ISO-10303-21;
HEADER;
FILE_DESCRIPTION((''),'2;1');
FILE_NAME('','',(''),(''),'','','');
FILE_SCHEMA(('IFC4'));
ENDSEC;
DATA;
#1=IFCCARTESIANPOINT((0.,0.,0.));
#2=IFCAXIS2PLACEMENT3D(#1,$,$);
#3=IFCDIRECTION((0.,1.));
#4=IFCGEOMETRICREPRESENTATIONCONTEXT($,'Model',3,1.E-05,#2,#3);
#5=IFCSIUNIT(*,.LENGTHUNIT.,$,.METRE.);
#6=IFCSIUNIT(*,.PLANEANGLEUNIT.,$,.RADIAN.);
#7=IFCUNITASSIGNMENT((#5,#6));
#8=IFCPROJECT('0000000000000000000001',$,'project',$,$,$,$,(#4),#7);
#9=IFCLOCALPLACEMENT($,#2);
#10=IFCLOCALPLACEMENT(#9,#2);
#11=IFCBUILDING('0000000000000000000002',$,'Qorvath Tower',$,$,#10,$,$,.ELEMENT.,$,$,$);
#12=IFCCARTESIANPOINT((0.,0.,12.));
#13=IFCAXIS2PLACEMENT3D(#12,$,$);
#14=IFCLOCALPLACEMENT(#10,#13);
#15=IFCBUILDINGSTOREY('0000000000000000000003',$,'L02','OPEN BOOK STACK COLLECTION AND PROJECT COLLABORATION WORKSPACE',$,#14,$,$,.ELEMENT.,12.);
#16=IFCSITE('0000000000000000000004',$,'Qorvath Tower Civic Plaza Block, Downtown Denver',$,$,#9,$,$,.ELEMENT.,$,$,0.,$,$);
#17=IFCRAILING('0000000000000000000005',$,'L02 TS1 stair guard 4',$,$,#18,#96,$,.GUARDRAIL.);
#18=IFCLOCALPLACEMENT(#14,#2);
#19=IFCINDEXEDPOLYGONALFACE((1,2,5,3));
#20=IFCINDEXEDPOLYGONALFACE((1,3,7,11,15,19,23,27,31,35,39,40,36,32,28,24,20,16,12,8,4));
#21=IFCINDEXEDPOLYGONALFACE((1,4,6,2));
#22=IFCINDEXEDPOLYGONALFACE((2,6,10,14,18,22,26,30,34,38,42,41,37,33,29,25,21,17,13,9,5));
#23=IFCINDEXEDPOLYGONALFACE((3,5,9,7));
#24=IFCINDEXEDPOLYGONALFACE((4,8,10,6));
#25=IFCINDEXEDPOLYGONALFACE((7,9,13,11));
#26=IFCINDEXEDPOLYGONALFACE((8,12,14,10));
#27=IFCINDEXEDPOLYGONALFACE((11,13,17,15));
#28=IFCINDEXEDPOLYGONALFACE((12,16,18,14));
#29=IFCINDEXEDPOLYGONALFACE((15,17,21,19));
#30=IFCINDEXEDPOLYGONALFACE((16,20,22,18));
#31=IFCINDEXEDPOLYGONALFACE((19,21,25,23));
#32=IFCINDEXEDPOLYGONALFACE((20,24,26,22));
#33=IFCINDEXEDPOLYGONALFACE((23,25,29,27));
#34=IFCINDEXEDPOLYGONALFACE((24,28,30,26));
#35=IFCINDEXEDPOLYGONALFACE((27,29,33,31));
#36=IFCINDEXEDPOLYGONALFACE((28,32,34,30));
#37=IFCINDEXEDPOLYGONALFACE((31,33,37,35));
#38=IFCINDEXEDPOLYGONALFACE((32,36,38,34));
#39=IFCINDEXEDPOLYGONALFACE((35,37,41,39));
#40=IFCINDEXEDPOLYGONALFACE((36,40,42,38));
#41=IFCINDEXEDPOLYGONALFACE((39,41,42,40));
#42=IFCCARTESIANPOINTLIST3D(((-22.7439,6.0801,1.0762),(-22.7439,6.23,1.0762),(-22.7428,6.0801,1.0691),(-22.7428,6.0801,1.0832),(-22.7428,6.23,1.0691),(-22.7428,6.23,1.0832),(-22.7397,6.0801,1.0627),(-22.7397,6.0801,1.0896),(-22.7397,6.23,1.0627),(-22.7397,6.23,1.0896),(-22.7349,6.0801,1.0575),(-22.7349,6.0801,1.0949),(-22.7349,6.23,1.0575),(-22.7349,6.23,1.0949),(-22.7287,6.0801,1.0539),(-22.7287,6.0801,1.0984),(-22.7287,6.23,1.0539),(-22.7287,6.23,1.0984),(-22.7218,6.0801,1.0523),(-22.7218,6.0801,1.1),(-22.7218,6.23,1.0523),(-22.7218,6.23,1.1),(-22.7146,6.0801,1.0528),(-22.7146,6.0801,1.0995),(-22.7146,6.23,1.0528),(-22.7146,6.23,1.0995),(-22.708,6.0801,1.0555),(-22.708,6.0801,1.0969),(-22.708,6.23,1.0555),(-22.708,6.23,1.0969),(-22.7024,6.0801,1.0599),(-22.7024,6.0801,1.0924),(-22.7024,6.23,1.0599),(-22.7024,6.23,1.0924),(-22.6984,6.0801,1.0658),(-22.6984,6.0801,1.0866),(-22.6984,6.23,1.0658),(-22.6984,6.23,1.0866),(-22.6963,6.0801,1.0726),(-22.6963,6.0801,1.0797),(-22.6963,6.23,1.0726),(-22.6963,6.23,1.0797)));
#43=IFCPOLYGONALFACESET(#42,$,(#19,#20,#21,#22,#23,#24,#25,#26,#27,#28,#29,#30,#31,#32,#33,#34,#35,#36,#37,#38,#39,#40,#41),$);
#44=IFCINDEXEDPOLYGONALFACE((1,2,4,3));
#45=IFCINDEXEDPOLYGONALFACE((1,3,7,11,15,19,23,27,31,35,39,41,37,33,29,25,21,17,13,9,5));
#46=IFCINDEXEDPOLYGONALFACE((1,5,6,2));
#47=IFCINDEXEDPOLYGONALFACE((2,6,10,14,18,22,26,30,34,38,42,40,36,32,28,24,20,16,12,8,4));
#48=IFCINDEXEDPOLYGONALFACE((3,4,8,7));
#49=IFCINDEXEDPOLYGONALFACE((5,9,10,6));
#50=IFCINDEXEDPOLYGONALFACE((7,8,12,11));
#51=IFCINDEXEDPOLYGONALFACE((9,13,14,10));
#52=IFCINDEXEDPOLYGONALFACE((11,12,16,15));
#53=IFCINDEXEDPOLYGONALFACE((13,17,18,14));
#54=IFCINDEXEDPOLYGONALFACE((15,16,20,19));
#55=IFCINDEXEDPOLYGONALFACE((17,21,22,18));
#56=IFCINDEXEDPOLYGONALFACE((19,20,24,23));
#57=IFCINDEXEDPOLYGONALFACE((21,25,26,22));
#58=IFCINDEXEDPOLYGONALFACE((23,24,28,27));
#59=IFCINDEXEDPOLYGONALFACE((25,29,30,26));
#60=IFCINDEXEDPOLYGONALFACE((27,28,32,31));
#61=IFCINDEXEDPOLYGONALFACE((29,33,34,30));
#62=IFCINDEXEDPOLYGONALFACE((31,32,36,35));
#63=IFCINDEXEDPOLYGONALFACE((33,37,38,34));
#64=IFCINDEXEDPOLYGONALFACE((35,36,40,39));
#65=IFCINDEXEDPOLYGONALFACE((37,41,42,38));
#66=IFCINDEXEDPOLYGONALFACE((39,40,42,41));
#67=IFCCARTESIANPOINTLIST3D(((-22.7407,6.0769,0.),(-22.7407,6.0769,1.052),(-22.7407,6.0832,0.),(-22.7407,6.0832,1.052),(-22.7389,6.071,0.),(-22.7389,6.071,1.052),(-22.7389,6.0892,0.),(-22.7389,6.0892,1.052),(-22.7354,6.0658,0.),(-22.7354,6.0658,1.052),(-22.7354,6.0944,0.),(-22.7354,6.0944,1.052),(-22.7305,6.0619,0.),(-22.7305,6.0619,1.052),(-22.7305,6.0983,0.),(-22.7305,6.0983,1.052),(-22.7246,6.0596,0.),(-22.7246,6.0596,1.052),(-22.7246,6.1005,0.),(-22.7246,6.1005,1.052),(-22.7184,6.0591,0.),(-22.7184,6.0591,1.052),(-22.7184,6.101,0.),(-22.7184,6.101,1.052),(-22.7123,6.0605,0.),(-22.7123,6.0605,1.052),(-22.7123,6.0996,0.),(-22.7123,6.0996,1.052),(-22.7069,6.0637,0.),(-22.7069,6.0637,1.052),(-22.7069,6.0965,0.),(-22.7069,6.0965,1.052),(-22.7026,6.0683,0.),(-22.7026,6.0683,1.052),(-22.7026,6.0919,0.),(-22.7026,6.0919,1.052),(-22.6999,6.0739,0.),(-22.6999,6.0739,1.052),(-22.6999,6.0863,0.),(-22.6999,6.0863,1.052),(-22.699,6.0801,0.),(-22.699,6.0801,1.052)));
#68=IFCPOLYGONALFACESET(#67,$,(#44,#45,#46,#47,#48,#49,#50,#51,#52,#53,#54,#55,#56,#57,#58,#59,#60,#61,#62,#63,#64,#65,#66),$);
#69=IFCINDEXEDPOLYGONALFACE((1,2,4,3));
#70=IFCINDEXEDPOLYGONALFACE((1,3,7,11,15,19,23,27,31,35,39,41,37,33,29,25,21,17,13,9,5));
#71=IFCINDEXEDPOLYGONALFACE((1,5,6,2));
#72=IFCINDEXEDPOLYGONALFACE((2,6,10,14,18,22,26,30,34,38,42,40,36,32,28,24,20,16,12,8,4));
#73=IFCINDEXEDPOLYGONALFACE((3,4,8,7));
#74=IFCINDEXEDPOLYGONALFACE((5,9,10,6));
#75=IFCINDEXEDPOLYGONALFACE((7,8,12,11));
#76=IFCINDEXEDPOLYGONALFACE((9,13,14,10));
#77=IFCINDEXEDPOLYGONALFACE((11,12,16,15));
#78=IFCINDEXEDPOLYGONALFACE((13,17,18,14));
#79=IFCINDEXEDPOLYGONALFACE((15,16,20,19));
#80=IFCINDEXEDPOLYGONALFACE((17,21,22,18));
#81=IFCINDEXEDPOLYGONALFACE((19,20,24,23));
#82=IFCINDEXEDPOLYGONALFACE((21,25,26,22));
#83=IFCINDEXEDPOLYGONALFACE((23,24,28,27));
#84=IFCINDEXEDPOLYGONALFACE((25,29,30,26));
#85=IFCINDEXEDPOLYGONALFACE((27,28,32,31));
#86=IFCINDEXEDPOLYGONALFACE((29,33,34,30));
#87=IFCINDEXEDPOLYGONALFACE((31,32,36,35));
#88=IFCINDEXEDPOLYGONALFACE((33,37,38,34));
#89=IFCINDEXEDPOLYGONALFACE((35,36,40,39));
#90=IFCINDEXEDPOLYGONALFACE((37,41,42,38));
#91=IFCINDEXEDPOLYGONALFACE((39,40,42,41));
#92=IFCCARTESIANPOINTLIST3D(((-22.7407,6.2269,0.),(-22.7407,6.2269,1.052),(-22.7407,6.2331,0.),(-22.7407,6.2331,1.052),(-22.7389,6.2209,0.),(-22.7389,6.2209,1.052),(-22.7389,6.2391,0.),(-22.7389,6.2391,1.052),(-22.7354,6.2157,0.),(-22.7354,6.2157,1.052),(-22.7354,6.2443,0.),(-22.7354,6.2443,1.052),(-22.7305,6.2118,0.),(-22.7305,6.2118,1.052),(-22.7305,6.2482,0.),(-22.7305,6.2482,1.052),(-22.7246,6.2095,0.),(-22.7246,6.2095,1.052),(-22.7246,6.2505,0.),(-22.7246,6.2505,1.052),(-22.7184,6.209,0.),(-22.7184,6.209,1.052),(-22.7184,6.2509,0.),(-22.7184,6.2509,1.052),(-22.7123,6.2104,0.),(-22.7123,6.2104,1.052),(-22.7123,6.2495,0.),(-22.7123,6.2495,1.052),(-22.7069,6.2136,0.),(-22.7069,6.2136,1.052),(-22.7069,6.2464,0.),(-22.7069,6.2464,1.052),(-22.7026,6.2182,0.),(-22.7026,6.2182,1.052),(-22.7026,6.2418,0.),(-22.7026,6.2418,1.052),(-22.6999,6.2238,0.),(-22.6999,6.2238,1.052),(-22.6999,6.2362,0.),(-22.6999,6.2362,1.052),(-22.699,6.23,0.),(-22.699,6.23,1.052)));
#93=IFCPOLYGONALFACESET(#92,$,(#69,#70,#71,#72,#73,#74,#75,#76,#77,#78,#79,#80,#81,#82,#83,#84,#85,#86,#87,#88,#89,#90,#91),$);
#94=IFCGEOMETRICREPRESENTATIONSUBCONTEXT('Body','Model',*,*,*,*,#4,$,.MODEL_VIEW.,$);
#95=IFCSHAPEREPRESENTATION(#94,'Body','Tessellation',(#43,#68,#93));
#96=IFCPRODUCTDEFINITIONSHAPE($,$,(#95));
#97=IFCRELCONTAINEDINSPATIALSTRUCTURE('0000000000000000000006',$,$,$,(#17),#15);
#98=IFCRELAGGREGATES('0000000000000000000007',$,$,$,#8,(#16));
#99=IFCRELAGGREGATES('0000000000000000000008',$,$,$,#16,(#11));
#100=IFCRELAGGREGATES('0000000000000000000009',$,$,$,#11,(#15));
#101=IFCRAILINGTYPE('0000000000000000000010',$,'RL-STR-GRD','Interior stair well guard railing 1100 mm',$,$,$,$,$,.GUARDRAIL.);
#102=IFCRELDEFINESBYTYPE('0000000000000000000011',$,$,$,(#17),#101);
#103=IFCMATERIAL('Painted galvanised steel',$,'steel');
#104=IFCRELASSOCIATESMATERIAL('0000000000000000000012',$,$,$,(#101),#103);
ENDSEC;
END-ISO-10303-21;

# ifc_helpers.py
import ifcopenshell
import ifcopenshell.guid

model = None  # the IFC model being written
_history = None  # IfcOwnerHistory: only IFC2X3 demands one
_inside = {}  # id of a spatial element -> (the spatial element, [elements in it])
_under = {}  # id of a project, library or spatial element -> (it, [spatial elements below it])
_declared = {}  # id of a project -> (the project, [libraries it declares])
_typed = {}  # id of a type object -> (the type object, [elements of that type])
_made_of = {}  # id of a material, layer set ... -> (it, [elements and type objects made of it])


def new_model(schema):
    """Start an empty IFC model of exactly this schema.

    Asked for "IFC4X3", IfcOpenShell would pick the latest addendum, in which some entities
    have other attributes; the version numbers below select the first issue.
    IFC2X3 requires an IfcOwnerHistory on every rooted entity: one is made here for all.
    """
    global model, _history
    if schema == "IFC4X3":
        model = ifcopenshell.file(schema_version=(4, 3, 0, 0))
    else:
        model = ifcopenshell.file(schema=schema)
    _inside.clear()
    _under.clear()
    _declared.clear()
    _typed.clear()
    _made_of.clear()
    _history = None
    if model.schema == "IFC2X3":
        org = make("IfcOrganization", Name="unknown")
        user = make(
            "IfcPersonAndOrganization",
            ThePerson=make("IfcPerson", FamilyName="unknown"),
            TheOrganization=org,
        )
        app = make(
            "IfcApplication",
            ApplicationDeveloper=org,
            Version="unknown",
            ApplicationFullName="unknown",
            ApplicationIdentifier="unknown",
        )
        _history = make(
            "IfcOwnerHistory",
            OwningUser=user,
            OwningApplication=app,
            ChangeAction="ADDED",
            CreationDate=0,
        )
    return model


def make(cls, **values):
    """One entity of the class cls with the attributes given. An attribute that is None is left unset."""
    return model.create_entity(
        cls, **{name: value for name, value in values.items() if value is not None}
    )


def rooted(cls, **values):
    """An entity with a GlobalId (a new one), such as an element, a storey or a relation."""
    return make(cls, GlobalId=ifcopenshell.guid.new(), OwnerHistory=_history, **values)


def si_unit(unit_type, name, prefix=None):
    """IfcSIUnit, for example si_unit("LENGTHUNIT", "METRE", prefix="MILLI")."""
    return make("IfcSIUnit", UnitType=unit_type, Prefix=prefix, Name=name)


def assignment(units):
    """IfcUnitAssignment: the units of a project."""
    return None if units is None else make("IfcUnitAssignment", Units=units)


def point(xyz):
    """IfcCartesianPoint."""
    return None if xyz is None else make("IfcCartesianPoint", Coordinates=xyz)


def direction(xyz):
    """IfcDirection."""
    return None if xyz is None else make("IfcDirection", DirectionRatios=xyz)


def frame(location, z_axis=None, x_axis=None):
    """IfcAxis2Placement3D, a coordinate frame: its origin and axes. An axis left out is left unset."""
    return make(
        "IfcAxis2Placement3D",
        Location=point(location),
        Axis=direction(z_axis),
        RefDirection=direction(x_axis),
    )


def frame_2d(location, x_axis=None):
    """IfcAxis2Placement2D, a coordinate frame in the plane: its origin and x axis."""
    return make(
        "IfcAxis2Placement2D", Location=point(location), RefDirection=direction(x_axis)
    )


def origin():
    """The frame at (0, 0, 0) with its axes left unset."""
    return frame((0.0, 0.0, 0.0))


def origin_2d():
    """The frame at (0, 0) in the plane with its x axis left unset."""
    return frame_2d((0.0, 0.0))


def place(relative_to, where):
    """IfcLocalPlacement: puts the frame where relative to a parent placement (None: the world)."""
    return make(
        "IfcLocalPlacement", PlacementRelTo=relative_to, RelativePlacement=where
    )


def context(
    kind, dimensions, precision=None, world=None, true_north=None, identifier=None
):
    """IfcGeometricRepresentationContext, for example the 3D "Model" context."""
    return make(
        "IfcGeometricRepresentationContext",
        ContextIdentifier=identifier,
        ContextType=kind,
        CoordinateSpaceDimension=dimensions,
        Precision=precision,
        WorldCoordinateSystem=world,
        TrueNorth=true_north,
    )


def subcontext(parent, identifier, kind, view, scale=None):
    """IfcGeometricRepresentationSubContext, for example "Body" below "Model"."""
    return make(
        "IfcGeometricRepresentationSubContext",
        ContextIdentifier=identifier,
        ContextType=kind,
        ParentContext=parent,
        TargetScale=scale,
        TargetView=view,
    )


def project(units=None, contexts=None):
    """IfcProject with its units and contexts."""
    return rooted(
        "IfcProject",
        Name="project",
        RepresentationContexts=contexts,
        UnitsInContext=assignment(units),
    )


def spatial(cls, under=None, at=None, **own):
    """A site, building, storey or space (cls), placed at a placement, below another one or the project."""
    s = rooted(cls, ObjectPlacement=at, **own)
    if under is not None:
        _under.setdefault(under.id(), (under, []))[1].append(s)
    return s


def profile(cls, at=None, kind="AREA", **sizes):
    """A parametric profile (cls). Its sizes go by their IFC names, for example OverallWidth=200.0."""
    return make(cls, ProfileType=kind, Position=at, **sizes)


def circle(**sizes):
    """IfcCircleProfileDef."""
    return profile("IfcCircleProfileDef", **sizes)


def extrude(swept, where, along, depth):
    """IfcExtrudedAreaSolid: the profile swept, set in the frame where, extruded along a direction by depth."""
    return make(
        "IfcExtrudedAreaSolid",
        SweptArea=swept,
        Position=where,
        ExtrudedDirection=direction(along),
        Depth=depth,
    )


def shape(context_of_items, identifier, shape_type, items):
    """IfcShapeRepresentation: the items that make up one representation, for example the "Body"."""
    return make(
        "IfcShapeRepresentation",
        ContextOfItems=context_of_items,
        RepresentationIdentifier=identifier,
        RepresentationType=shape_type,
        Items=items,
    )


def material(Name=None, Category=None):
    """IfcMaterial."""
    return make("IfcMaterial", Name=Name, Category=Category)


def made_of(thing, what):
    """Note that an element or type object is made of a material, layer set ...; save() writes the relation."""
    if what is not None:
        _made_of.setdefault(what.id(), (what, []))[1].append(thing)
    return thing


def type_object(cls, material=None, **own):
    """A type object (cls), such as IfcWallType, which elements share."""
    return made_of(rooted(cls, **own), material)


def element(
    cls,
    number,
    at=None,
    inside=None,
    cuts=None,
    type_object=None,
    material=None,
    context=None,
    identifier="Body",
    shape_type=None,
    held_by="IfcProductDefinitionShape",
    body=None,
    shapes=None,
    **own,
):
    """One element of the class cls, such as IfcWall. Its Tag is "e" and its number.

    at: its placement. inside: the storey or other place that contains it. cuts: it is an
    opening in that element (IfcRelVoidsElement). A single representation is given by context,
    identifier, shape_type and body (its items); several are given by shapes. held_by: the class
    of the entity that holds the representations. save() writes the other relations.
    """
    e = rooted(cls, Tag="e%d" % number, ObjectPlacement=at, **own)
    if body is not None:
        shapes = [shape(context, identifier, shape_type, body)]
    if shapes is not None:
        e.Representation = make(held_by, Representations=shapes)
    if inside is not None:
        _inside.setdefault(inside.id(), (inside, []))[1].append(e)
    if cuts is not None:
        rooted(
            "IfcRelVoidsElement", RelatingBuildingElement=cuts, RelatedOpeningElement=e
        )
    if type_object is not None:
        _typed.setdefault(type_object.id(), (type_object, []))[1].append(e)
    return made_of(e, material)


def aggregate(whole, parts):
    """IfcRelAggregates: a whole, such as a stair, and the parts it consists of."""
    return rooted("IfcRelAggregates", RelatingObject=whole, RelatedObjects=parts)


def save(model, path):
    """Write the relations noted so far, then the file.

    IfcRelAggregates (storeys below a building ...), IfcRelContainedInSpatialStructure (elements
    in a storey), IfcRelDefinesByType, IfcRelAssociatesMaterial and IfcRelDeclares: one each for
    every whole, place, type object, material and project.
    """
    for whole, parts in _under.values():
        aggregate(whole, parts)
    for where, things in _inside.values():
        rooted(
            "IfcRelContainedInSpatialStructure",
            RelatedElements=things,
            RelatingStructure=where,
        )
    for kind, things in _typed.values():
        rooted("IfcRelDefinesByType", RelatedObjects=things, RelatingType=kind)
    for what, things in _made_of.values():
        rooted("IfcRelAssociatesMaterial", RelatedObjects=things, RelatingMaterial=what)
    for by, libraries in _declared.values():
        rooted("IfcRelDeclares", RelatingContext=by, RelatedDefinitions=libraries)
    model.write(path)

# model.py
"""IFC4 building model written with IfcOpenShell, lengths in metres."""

from ifc_helpers import new_model, si_unit, direction, frame, origin, origin_2d, place, context, subcontext, project, spatial, circle, extrude, material, type_object, element, save


model = new_model("IFC4")

# Units and contexts
model_context = context("Model", 3, precision=1e-05, world=origin(), true_north=direction((0.0, 1.0)))
body_context = subcontext(model_context, "Body", "Model", "MODEL_VIEW")
ifc_project = project(units=[si_unit("LENGTHUNIT", "METRE"), si_unit("PLANEANGLEUNIT", "RADIAN")], contexts=[model_context])

# Site, building, storey
site_placement = place(None, origin())
site = spatial("IfcSite", under=ifc_project, at=site_placement, Name="Qorvath Tower Civic Plaza Block, Downtown Denver", CompositionType="ELEMENT", RefElevation=0.0)
building_placement = place(site_placement, origin())
building = spatial("IfcBuilding", under=site, at=building_placement, Name="Qorvath Tower", CompositionType="ELEMENT")
storey_placement = place(building_placement, frame((0.0, 0.0, 12.0)))
storey = spatial("IfcBuildingStorey", under=building, at=storey_placement, Name="L02", Description="OPEN BOOK STACK COLLECTION AND PROJECT COLLABORATION WORKSPACE", CompositionType="ELEMENT", Elevation=12.0)

# Railing
ifc_material_1 = material(Name="Painted galvanised steel", Category="steel")
railing_type_1 = type_object("IfcRailingType", Name="RL-STR-GRD", Description="Interior stair well guard railing 1100 mm", PredefinedType="GUARDRAIL", material=ifc_material_1)
railing_1_placement = place(storey_placement, frame((-22.72, 6.0801, 0.0)))
element("IfcRailing", 1, at=railing_1_placement, inside=storey, type_object=railing_type_1, Name="L02 TS1 stair guard 4", PredefinedType="GUARDRAIL", context=body_context, shape_type="SweptSolid", body=[
    extrude(circle(Radius=0.0239, at=origin_2d()), frame((0.0, 0.0, 1.0762), z_axis=(0.0, 1.0, 0.0), x_axis=(-1.0, 0.0, 0.0)), (0.0, 0.0, 1.0), 0.1499),
    extrude(circle(Radius=0.021, at=origin_2d()), origin(), (0.0, 0.0, 1.0), 1.052),
    extrude(circle(Radius=0.021, at=origin_2d()), frame((0.0, 0.1499, 0.0)), (0.0, 0.0, 1.0), 1.052),
])

save(model, "model.ifc")
